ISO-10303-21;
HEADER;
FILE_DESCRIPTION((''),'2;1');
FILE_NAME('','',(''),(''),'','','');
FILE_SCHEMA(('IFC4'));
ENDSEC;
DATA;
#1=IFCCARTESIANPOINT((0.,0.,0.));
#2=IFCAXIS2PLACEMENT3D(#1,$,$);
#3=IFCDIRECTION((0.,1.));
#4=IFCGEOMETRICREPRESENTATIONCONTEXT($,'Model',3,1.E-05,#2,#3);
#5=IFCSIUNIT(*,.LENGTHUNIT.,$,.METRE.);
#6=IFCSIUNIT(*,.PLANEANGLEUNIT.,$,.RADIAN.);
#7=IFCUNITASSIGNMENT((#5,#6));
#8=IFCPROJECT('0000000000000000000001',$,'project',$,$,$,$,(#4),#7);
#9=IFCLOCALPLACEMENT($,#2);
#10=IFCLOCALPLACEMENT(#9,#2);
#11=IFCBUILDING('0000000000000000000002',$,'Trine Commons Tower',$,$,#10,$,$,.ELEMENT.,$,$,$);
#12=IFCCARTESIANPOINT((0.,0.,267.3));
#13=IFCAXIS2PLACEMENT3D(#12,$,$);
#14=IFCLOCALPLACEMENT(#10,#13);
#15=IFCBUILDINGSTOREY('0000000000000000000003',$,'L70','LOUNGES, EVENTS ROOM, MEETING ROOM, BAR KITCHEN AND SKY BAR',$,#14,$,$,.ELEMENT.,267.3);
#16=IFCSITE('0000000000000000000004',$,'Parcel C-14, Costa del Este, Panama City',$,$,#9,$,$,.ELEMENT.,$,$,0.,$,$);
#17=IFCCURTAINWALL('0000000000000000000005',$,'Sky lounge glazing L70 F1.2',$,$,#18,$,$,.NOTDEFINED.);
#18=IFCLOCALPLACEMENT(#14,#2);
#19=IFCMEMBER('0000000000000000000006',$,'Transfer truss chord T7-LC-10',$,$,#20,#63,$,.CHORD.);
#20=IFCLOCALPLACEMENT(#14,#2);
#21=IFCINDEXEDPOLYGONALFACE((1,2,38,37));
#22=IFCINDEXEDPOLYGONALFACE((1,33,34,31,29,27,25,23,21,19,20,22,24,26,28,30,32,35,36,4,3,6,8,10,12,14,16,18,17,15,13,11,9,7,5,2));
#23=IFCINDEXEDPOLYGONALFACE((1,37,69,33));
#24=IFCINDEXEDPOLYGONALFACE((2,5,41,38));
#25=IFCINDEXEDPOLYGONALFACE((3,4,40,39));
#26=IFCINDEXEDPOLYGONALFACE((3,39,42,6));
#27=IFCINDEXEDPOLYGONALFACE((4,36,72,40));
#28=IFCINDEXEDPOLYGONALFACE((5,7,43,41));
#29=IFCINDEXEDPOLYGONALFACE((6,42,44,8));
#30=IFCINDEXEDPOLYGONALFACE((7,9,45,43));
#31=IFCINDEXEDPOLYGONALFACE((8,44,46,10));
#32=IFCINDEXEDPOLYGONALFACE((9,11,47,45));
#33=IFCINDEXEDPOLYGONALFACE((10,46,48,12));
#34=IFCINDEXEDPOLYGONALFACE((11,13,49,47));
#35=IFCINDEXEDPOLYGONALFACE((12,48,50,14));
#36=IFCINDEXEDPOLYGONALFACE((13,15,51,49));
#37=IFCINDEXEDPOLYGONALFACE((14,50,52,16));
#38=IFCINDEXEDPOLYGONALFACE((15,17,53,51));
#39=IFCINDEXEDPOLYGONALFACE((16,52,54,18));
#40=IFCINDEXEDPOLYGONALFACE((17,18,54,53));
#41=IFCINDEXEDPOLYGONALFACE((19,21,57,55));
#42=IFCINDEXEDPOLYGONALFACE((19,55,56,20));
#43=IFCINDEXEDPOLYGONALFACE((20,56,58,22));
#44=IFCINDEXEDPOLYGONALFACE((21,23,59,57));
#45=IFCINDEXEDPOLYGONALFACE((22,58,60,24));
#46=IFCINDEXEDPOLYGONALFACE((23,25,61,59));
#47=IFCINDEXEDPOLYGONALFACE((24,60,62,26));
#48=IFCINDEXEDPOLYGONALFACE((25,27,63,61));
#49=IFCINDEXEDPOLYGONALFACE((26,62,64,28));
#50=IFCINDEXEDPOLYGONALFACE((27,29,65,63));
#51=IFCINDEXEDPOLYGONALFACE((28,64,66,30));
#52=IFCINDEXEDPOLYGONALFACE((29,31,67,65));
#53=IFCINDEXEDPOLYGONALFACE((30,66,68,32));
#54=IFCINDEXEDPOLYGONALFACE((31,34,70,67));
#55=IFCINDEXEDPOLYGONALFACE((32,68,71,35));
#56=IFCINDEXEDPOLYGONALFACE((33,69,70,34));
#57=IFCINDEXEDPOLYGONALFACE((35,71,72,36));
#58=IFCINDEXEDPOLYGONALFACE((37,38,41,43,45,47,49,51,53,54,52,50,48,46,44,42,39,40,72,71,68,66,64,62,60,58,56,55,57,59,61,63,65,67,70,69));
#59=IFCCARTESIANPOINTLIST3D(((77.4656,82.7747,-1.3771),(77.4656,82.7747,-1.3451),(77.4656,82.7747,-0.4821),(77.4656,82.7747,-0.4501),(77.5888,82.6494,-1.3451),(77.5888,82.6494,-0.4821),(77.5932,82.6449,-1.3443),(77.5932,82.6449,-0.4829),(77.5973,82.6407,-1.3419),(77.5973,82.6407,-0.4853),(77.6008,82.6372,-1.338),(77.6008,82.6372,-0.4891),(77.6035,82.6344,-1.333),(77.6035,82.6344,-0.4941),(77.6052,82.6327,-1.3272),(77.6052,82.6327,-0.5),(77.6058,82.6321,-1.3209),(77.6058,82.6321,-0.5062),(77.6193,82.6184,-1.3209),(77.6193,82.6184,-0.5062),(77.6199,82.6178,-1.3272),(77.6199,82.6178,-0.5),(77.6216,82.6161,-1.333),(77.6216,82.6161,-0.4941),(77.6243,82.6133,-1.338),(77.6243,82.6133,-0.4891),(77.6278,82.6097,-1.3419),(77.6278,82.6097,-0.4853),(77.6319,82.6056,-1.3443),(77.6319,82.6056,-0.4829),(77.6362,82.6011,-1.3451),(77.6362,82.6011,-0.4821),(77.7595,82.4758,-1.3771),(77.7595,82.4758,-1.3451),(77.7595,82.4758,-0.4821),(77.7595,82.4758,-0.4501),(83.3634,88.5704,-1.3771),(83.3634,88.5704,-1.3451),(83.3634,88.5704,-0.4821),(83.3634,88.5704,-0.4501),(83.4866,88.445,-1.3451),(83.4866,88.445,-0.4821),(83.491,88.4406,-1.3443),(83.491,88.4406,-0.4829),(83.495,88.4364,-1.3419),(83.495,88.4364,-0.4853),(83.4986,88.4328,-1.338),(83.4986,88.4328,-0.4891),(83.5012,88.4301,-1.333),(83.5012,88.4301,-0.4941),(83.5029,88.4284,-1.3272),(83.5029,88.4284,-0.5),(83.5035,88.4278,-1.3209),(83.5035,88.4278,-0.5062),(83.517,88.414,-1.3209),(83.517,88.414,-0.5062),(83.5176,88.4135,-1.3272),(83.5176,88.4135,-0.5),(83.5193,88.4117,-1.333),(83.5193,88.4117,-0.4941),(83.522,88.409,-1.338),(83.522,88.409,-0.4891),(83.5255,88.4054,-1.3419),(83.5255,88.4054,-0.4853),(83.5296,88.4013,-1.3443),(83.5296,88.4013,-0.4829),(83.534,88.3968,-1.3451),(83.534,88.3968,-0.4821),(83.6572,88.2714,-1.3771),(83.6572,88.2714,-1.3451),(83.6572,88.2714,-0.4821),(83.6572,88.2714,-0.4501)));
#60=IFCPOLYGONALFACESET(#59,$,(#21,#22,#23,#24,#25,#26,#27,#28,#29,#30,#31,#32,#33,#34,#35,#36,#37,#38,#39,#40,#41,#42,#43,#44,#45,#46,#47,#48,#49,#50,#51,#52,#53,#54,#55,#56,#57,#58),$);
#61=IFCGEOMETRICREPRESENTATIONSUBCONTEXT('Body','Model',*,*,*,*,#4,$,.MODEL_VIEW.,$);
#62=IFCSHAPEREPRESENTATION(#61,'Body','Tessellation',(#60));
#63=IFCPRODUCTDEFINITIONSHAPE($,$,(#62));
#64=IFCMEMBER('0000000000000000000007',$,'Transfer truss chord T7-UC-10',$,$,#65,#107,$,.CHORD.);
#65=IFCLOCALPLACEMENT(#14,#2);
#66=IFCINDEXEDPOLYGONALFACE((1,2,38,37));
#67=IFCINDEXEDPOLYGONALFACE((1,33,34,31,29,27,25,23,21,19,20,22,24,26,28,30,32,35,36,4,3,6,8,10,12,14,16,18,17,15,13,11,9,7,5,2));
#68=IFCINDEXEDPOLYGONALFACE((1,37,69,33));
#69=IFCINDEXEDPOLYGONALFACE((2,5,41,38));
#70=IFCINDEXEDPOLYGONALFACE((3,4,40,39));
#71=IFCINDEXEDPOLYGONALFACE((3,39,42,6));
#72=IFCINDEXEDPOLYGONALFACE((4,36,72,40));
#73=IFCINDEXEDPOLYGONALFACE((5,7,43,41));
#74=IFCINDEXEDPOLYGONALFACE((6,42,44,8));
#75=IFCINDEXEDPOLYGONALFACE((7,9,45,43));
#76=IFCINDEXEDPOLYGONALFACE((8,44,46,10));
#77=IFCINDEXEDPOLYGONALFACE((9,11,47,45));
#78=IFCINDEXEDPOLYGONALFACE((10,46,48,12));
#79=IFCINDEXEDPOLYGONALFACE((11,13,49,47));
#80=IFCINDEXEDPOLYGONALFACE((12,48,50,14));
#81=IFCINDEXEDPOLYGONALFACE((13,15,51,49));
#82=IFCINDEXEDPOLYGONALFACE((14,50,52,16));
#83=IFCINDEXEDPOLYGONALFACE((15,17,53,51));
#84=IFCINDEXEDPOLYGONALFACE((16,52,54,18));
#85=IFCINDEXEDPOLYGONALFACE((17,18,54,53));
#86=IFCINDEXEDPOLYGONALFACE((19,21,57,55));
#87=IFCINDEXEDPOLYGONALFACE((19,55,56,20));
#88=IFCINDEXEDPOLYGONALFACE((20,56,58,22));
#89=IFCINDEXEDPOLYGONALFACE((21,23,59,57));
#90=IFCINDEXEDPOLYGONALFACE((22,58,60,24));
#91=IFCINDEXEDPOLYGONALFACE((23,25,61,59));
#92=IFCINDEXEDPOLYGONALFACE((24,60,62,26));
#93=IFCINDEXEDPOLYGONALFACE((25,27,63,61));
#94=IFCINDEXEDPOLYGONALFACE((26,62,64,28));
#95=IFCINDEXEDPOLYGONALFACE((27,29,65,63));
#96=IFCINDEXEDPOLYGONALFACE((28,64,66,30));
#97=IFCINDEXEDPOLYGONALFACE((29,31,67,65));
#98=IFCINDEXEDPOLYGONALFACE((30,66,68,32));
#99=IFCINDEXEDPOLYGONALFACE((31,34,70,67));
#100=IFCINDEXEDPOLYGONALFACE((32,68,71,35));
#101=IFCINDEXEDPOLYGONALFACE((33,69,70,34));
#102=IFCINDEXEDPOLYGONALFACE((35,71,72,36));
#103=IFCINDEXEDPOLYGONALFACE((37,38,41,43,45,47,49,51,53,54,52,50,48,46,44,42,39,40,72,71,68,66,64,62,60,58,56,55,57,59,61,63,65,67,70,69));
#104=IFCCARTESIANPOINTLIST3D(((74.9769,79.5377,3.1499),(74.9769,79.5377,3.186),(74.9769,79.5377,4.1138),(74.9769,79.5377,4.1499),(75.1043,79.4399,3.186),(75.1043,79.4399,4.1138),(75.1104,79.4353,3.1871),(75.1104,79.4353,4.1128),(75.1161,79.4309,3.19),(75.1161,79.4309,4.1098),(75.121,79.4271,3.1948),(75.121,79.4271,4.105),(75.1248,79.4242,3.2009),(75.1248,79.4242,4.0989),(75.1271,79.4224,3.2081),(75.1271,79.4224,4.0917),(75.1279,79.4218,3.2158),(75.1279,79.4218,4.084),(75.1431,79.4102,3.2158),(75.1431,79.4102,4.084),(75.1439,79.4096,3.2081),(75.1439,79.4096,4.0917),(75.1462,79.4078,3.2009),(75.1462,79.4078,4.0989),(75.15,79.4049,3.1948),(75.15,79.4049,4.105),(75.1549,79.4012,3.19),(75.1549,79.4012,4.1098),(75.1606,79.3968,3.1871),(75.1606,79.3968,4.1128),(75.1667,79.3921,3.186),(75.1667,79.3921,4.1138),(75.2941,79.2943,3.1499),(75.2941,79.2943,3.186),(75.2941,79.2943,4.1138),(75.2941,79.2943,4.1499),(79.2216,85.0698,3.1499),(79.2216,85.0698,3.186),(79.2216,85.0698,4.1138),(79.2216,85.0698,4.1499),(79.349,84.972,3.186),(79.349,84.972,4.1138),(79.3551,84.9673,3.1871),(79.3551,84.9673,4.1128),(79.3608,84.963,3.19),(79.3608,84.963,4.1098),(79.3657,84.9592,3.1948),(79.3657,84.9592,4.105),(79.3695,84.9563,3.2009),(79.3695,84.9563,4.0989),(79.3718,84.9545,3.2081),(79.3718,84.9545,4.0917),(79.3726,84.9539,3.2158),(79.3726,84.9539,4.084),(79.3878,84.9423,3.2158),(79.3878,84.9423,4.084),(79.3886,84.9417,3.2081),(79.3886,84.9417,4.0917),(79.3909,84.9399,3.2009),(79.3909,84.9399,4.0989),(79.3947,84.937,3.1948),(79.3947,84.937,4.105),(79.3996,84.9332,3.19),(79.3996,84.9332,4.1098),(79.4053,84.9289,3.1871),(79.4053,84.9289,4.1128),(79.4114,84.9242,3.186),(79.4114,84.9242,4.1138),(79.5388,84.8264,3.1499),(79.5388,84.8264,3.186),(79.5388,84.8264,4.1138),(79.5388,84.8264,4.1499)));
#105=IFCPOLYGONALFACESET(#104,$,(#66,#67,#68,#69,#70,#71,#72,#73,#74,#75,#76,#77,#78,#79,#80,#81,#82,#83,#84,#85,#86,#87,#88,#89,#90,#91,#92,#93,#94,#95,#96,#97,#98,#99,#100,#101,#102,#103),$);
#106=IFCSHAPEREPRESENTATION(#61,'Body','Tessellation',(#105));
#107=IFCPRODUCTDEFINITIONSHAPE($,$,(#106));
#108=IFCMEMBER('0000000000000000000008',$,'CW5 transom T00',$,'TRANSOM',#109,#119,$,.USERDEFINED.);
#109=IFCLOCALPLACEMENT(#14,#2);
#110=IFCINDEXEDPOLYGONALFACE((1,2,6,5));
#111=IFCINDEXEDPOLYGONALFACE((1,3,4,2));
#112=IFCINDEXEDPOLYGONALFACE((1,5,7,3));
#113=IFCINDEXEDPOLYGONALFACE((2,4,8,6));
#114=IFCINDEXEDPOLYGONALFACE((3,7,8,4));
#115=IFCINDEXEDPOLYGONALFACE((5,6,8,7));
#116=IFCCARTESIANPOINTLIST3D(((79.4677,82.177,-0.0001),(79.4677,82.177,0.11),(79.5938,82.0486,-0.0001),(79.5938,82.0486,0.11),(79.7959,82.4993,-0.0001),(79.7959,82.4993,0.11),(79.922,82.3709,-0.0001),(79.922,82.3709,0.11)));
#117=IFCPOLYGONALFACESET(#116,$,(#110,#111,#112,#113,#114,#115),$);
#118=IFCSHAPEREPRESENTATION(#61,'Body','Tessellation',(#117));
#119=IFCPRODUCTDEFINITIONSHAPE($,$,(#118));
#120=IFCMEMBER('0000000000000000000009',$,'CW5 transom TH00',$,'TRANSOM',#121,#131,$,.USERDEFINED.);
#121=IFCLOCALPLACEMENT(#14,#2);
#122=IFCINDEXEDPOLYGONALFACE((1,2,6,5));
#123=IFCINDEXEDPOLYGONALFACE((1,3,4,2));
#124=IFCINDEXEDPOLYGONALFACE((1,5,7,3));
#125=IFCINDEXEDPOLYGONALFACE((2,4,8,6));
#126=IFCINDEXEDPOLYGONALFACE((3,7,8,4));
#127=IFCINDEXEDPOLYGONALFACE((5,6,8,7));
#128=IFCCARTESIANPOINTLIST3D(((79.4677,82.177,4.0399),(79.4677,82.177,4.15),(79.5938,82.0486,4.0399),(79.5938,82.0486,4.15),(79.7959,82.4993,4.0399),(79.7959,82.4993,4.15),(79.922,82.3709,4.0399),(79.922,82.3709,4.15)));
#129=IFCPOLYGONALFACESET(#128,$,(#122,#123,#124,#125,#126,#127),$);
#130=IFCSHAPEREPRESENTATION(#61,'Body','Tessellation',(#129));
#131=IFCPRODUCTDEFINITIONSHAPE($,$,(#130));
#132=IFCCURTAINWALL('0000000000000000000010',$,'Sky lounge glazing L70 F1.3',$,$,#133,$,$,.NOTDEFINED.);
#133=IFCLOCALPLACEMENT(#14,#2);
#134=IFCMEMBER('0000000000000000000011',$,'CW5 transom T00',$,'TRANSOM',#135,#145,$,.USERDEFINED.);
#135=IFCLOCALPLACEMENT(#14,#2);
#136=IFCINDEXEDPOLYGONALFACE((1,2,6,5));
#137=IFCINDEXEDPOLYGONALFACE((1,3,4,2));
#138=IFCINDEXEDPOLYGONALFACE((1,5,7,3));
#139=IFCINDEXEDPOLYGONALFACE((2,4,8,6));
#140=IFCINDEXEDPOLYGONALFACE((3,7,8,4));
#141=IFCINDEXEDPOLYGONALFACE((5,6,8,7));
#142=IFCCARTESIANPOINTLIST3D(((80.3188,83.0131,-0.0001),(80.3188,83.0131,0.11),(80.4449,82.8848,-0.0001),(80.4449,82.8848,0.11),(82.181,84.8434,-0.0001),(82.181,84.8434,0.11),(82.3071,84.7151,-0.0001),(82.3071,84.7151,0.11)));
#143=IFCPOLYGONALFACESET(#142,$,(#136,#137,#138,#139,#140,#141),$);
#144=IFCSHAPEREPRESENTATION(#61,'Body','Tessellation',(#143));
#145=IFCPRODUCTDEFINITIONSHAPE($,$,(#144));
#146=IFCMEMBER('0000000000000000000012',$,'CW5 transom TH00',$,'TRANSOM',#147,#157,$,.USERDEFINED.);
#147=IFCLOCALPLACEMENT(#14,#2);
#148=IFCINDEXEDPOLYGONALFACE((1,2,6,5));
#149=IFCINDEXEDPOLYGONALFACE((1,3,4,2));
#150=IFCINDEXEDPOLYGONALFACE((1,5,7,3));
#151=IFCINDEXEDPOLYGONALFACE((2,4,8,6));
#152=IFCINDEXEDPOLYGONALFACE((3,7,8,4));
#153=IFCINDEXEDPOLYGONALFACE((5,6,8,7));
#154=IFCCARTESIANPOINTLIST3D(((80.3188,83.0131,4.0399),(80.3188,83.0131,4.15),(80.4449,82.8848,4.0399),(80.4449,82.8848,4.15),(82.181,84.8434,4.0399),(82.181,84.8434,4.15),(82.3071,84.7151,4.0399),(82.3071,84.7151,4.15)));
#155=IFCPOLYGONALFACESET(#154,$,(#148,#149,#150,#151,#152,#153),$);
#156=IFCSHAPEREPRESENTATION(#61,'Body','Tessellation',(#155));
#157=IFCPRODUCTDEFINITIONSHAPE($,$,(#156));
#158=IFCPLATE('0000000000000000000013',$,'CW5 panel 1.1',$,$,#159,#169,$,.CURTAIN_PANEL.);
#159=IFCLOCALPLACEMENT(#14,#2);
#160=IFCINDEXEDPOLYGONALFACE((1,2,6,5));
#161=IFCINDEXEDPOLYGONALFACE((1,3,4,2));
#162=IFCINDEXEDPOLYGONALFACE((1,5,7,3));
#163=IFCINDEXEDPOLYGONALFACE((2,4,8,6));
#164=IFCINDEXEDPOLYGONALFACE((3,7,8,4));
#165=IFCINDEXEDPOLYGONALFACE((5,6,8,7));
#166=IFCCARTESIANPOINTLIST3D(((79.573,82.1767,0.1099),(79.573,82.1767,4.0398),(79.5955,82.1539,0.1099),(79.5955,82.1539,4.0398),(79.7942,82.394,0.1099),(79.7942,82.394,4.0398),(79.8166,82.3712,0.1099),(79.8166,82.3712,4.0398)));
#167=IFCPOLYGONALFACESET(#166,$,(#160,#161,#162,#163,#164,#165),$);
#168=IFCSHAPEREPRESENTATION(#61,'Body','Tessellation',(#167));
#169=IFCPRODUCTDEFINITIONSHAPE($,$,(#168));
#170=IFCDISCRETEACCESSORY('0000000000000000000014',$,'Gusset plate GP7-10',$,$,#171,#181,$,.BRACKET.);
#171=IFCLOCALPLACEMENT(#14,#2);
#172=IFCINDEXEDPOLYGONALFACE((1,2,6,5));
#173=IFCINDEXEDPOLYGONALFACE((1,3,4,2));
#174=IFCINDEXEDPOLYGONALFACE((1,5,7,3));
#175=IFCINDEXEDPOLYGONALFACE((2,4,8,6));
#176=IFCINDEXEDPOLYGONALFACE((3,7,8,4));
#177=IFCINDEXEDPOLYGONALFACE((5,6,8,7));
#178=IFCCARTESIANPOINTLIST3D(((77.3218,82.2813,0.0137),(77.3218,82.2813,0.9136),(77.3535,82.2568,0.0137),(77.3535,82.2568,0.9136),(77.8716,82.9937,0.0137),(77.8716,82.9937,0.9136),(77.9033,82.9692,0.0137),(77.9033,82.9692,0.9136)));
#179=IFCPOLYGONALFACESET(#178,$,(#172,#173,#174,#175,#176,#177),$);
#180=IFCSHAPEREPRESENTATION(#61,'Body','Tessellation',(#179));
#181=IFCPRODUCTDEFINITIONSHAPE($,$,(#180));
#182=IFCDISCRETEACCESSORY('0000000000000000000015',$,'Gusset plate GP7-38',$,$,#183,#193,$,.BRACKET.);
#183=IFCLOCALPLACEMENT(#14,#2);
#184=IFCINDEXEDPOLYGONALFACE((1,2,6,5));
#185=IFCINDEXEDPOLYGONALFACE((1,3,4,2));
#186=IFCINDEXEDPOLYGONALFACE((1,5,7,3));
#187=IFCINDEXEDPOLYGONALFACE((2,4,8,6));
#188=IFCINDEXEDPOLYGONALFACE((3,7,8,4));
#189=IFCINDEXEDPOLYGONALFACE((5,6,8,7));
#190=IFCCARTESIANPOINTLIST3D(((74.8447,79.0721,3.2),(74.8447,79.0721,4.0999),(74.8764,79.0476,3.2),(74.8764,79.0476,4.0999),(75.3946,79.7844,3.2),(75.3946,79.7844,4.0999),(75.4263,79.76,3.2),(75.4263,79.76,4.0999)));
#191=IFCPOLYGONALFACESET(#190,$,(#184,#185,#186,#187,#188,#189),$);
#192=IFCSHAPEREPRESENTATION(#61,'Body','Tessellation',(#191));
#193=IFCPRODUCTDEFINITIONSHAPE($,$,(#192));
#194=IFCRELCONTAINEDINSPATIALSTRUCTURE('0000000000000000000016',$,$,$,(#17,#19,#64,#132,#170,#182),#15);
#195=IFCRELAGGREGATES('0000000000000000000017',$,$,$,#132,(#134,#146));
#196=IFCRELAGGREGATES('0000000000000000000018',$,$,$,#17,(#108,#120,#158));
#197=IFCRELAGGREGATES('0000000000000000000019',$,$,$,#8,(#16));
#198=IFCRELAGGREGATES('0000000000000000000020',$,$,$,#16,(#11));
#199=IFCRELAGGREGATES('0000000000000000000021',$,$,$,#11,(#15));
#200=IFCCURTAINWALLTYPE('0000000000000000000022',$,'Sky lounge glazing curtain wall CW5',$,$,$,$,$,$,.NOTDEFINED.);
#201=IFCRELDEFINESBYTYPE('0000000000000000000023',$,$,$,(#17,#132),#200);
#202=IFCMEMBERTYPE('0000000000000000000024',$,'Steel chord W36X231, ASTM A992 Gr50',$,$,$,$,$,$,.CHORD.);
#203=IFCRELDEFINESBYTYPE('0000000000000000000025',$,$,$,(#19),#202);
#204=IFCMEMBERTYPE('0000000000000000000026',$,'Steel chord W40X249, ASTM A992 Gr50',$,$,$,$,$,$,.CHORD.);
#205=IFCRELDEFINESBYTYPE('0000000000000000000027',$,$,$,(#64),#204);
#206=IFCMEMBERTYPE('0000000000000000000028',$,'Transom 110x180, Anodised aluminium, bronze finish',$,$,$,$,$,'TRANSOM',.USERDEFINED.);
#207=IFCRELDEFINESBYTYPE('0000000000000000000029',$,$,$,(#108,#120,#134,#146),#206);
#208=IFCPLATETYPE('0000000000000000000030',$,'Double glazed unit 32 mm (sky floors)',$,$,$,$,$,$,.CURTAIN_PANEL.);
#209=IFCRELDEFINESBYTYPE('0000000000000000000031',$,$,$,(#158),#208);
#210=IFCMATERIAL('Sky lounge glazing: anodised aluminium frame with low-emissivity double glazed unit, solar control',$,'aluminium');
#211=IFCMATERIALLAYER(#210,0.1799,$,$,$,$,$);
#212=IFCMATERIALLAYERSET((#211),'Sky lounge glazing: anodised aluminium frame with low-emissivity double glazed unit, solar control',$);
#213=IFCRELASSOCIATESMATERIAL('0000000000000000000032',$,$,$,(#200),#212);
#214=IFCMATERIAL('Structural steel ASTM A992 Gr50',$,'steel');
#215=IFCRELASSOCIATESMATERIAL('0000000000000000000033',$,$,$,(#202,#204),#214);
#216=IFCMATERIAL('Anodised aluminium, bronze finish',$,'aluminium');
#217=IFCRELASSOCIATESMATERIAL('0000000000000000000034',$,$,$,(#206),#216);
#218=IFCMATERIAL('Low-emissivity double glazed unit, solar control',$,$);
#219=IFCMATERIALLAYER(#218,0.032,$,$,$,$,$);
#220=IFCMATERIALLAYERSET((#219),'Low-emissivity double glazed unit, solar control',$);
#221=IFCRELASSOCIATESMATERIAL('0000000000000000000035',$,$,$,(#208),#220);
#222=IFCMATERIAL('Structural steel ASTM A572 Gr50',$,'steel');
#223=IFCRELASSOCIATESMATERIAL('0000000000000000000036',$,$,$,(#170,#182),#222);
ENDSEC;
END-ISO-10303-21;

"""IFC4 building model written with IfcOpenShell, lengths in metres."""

from ifc_helpers import new_model, si_unit, direction, frame, origin, origin_2d, place, context, subcontext, project, spatial, rectangle, i_section, extrude, material, layer, layer_set, material_profile, profile_set, type_object, element, aggregate, save


model = new_model("IFC4")

# Units and contexts
model_context = context("Model", 3, precision=1e-05, world=origin(), true_north=direction((0.0, 1.0)))
body_context = subcontext(model_context, "Body", "Model", "MODEL_VIEW")
ifc_project = project(units=[si_unit("LENGTHUNIT", "METRE"), si_unit("PLANEANGLEUNIT", "RADIAN")], contexts=[model_context])

# Site, building, storey
site_placement = place(None, origin())
site = spatial("IfcSite", under=ifc_project, at=site_placement, Name="Parcel C-14, Costa del Este, Panama City", CompositionType="ELEMENT", RefElevation=0.0)
building_placement = place(site_placement, origin())
building = spatial("IfcBuilding", under=site, at=building_placement, Name="Trine Commons Tower", CompositionType="ELEMENT")
storey_placement = place(building_placement, frame((0.0, 0.0, 267.3)))
storey = spatial("IfcBuildingStorey", under=building, at=storey_placement, Name="L70", Description="LOUNGES, EVENTS ROOM, MEETING ROOM, BAR KITCHEN AND SKY BAR", CompositionType="ELEMENT", Elevation=267.3)

# Curtain wall
ifc_material_1 = material(Name="Sky lounge glazing: anodised aluminium frame with low-emissivity double glazed unit, solar control", Category="aluminium")
ifc_layer_1 = layer(ifc_material_1, 0.1799)
ifc_layer_set_1 = layer_set([ifc_layer_1], Name="Sky lounge glazing: anodised aluminium frame with low-emissivity double glazed unit, solar control")
curtain_wall_type = type_object("IfcCurtainWallType", Name="Sky lounge glazing curtain wall CW5", PredefinedType="NOTDEFINED", material=ifc_layer_set_1)
curtain_wall_1_placement = place(storey_placement, origin())
curtain_wall_1 = element("IfcCurtainWall", 1, at=curtain_wall_1_placement, inside=storey, type_object=curtain_wall_type, Name="Sky lounge glazing L70 F1.2", PredefinedType="NOTDEFINED")
ifc_material_2 = material(Name="Anodised aluminium, bronze finish", Category="aluminium")

# Shared definitions
ifc_material_3 = material(Name="Structural steel ASTM A992 Gr50", Category="steel")

# Members
ifc_material_profile_1 = material_profile(ifc_material_3, i_section(OverallWidth=0.4192, OverallDepth=0.927, WebThickness=0.0193, FlangeThickness=0.032, FilletRadius=0.0242, at=origin_2d()), Name="W36X231")
ifc_profile_set_1 = profile_set([ifc_material_profile_1], Name="Structural steel ASTM A992 Gr50")
member_type_1 = type_object("IfcMemberType", Name="Steel chord W36X231, ASTM A992 Gr50", PredefinedType="CHORD", material=ifc_profile_set_1)
member_1_placement = place(storey_placement, frame((77.6125, 82.6252, -0.9136), z_axis=(0.713251, 0.700909, 0.0), x_axis=(-0.700909, 0.713251, 0.0)))
element("IfcMember", 2, at=member_1_placement, inside=storey, type_object=member_type_1, Name="Transfer truss chord T7-LC-10", PredefinedType="CHORD", context=body_context, shape_type="SweptSolid", body=[
    extrude(i_section(OverallWidth=0.4192, OverallDepth=0.927, WebThickness=0.0193, FlangeThickness=0.032, FilletRadius=0.0242, at=origin_2d()), origin(), (0.0, 0.0, 1.0), 8.2688),
])
ifc_material_profile_2 = material_profile(ifc_material_3, i_section(OverallWidth=0.3999, OverallDepth=1.0, WebThickness=0.019, FlangeThickness=0.0361, FilletRadius=0.0298, at=origin_2d()), Name="W40X249")
ifc_profile_set_2 = profile_set([ifc_material_profile_2], Name="Structural steel ASTM A992 Gr50")
member_type_2 = type_object("IfcMemberType", Name="Steel chord W40X249, ASTM A992 Gr50", PredefinedType="CHORD", material=ifc_profile_set_2)
member_2_placement = place(storey_placement, frame((75.1355, 79.416, 3.6499), z_axis=(0.608742, 0.793368, 0.0), x_axis=(-0.793368, 0.608742, 0.0)))
element("IfcMember", 3, at=member_2_placement, inside=storey, type_object=member_type_2, Name="Transfer truss chord T7-UC-10", PredefinedType="CHORD", context=body_context, shape_type="SweptSolid", body=[
    extrude(i_section(OverallWidth=0.3999, OverallDepth=1.0, WebThickness=0.019, FlangeThickness=0.0361, FilletRadius=0.0298, at=origin_2d()), origin(), (0.0, 0.0, 1.0), 6.9729),
])

# Members
ifc_material_profile_3 = material_profile(ifc_material_2, rectangle(XDim=0.1799, YDim=0.1101, at=origin_2d()), Name="Transom 110x180")
ifc_profile_set_3 = profile_set([ifc_material_profile_3], Name="Anodised aluminium, bronze finish")
member_type_3 = type_object("IfcMemberType", Name="Transom 110x180, Anodised aluminium, bronze finish", ElementType="TRANSOM", PredefinedType="USERDEFINED", material=ifc_profile_set_3)
member_3_placement = place(storey_placement, frame((79.5308, 82.1128, 0.0549), z_axis=(0.713448, 0.700708, 0.0), x_axis=(-0.700708, 0.713448, 0.0)))
member_3 = element("IfcMember", 4, at=member_3_placement, type_object=member_type_3, Name="CW5 transom T00", ObjectType="TRANSOM", PredefinedType="USERDEFINED", context=body_context, shape_type="SweptSolid", body=[
    extrude(rectangle(XDim=0.1799, YDim=0.1101, at=origin_2d()), origin(), (0.0, 0.0, 1.0), 0.46),
])
member_4_placement = place(storey_placement, frame((79.5308, 82.1128, 4.095), z_axis=(0.713448, 0.700708, 0.0), x_axis=(-0.700708, 0.713448, 0.0)))
member_4 = element("IfcMember", 5, at=member_4_placement, type_object=member_type_3, Name="CW5 transom TH00", ObjectType="TRANSOM", PredefinedType="USERDEFINED", context=body_context, shape_type="SweptSolid", body=[
    extrude(rectangle(XDim=0.1799, YDim=0.1101, at=origin_2d()), origin(), (0.0, 0.0, 1.0), 0.46),
])

# Curtain wall, members
curtain_wall_2_placement = place(storey_placement, origin())
curtain_wall_2 = element("IfcCurtainWall", 6, at=curtain_wall_2_placement, inside=storey, type_object=curtain_wall_type, Name="Sky lounge glazing L70 F1.3", PredefinedType="NOTDEFINED")
member_5_placement = place(storey_placement, frame((80.3818, 82.949, 0.0549), z_axis=(0.713204, 0.700956, 0.0), x_axis=(-0.700956, 0.713204, 0.0)))
member_5 = element("IfcMember", 7, at=member_5_placement, type_object=member_type_3, Name="CW5 transom T00", ObjectType="TRANSOM", PredefinedType="USERDEFINED", context=body_context, shape_type="SweptSolid", body=[
    extrude(rectangle(XDim=0.1799, YDim=0.1101, at=origin_2d()), origin(), (0.0, 0.0, 1.0), 2.6111),
])
member_6_placement = place(storey_placement, frame((80.3818, 82.949, 4.095), z_axis=(0.713204, 0.700956, 0.0), x_axis=(-0.700956, 0.713204, 0.0)))
member_6 = element("IfcMember", 8, at=member_6_placement, type_object=member_type_3, Name="CW5 transom TH00", ObjectType="TRANSOM", PredefinedType="USERDEFINED", context=body_context, shape_type="SweptSolid", body=[
    extrude(rectangle(XDim=0.1799, YDim=0.1101, at=origin_2d()), origin(), (0.0, 0.0, 1.0), 2.6111),
])
aggregate(curtain_wall_2, [member_5, member_6])

# Plate
ifc_material_4 = material(Name="Low-emissivity double glazed unit, solar control")
ifc_layer_2 = layer(ifc_material_4, 0.032)
ifc_layer_set_2 = layer_set([ifc_layer_2], Name="Low-emissivity double glazed unit, solar control")
plate_type = type_object("IfcPlateType", Name="Double glazed unit 32 mm (sky floors)", PredefinedType="CURTAIN_PANEL", material=ifc_layer_set_2)
plate_placement = place(storey_placement, frame((79.6948, 82.2739, 0.1099), z_axis=(0.0, 0.0, 1.0), x_axis=(0.71325, 0.700909, 0.0)))
plate = element("IfcPlate", 9, at=plate_placement, type_object=plate_type, Name="CW5 panel 1.1", PredefinedType="CURTAIN_PANEL", context=body_context, shape_type="SweptSolid", body=[
    extrude(rectangle(XDim=0.3101, YDim=0.032, at=origin_2d()), origin(), (0.0, 0.0, 1.0), 3.9299),
])
aggregate(curtain_wall_1, [member_3, member_4, plate])

# Discrete accessories
ifc_material_5 = material(Name="Structural steel ASTM A572 Gr50", Category="steel")
for number, where, z_axis, x_axis, name in (
    (10, (77.6125, 82.6252, 0.0137), (0.0, 0.0, 1.0), (-0.611016, -0.791618, 0.0), "Gusset plate GP7-10"),
    (11, (75.1355, 79.416, 3.2), (0.0, 0.0, 1.0), (-0.611016, -0.791618, 0.0), "Gusset plate GP7-38"),
):
    element("IfcDiscreteAccessory", number, at=place(storey_placement, frame(where, z_axis=z_axis, x_axis=x_axis)), inside=storey, material=ifc_material_5, Name=name, PredefinedType="BRACKET", context=body_context, shape_type="SweptSolid", body=[
        extrude(rectangle(XDim=0.8999, YDim=0.04, at=origin_2d()), origin(), (0.0, 0.0, 1.0), 0.8999),
    ])

save(model, "model.ifc")
